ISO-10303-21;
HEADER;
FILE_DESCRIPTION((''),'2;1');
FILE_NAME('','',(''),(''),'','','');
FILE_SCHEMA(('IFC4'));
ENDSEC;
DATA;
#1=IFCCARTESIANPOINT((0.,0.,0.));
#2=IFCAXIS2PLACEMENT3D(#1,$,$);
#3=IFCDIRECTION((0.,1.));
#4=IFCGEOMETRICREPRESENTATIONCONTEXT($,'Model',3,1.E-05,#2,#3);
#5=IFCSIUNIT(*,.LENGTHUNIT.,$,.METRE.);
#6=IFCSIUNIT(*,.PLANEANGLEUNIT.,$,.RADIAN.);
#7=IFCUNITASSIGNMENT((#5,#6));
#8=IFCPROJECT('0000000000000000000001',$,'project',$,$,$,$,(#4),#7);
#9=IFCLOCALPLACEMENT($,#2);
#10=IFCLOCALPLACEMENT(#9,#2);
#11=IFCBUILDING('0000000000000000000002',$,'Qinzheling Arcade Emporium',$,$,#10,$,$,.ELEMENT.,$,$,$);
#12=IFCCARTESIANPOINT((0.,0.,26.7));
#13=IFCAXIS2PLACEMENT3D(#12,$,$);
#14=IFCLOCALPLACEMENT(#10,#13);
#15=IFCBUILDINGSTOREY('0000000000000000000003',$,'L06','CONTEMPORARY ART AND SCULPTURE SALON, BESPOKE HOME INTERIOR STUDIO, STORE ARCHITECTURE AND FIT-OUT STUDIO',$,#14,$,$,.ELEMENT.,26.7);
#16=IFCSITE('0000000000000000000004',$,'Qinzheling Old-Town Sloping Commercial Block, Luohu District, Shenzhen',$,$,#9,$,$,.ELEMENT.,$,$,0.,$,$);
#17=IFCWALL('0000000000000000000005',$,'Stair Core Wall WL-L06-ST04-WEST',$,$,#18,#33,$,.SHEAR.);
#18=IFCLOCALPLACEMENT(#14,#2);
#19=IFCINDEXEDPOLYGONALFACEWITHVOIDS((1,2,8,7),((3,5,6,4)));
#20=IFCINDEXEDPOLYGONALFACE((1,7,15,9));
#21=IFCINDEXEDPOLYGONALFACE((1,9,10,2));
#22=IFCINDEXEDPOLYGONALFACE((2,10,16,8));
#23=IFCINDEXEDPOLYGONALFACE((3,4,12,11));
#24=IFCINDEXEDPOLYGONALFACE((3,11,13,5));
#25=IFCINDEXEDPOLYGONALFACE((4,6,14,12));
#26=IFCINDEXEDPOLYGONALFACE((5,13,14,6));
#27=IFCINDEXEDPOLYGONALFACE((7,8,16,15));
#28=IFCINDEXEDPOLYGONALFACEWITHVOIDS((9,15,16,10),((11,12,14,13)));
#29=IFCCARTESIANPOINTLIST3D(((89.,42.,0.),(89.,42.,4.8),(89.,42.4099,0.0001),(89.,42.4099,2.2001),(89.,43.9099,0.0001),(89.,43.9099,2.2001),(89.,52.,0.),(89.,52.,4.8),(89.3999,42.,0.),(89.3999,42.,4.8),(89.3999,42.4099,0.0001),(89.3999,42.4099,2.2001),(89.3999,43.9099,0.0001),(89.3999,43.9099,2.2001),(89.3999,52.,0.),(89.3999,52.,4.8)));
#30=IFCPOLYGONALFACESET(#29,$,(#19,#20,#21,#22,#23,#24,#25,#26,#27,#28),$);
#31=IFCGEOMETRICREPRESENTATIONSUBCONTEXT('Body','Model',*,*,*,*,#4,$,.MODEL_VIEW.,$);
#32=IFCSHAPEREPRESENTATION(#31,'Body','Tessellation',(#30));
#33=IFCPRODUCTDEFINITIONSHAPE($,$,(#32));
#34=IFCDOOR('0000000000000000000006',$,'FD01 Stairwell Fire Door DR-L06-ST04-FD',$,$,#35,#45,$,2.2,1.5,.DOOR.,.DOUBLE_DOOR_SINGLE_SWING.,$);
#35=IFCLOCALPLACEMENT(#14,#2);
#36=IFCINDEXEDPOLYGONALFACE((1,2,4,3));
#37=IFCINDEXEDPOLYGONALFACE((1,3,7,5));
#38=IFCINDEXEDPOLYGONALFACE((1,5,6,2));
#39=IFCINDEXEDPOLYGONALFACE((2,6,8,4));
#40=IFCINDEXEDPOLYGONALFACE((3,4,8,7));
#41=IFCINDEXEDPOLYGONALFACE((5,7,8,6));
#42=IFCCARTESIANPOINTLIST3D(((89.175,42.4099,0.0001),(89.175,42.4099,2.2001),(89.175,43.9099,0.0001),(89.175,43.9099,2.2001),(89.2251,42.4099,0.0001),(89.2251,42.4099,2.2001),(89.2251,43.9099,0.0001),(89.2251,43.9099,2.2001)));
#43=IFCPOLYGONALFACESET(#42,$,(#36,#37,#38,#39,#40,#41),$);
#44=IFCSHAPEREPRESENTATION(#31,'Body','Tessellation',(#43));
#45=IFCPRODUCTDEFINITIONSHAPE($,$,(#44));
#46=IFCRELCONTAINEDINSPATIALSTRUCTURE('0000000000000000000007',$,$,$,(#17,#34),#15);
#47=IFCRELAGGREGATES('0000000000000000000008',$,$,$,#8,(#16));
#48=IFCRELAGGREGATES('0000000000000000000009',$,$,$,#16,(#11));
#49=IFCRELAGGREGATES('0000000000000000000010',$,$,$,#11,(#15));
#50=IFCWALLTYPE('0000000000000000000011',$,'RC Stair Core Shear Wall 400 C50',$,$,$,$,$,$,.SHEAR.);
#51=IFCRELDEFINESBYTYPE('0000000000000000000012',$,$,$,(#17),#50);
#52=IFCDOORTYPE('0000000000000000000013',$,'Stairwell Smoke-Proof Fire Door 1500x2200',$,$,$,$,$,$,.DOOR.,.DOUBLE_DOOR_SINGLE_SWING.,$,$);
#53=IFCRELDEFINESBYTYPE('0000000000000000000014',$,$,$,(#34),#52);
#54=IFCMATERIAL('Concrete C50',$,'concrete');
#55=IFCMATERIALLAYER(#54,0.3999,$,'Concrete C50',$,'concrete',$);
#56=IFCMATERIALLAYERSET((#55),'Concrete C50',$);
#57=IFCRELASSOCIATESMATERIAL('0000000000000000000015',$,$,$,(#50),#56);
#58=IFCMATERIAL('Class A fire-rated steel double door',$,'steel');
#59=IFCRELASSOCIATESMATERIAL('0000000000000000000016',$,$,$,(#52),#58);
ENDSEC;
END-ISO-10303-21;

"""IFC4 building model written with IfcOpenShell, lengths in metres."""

from ifc_helpers import new_model, si_unit, direction, frame, frame_2d, origin, place, context, subcontext, project, spatial, rectangle, extrude, material, layer, layer_set, type_object, element, fill, save


model = new_model("IFC4")

# Units and contexts
model_context = context("Model", 3, precision=1e-05, world=origin(), true_north=direction((0.0, 1.0)))
body_context = subcontext(model_context, "Body", "Model", "MODEL_VIEW")
ifc_project = project(units=[si_unit("LENGTHUNIT", "METRE"), si_unit("PLANEANGLEUNIT", "RADIAN")], contexts=[model_context])

# Site, building, storey
site_placement = place(None, origin())
site = spatial("IfcSite", under=ifc_project, at=site_placement, Name="Qinzheling Old-Town Sloping Commercial Block, Luohu District, Shenzhen", CompositionType="ELEMENT", RefElevation=0.0)
building_placement = place(site_placement, origin())
building = spatial("IfcBuilding", under=site, at=building_placement, Name="Qinzheling Arcade Emporium", CompositionType="ELEMENT")
storey_placement = place(building_placement, frame((0.0, 0.0, 26.7)))
storey = spatial("IfcBuildingStorey", under=building, at=storey_placement, Name="L06", Description="CONTEMPORARY ART AND SCULPTURE SALON, BESPOKE HOME INTERIOR STUDIO, STORE ARCHITECTURE AND FIT-OUT STUDIO", CompositionType="ELEMENT", Elevation=26.7)

# Wall, opening, door
ifc_material_1 = material(Name="Concrete C50", Category="concrete")
ifc_layer_1 = layer(ifc_material_1, 0.3999, Name="Concrete C50", Category="concrete")
ifc_layer_set_1 = layer_set([ifc_layer_1], Name="Concrete C50")
wall_type_1 = type_object("IfcWallType", Name="RC Stair Core Shear Wall 400 C50", PredefinedType="SHEAR", material=ifc_layer_set_1)
wall_1_placement = place(storey_placement, frame((89.2, 42.0, 0.0), z_axis=(0.0, 0.0, 1.0), x_axis=(0.0, 1.0, 0.0)))
wall_1 = element("IfcWall", 1, at=wall_1_placement, inside=storey, type_object=wall_type_1, Name="Stair Core Wall WL-L06-ST04-WEST", PredefinedType="SHEAR", context=body_context, shape_type="SweptSolid", body=[
    extrude(rectangle(XDim=10.0, YDim=0.3999, at=frame_2d((5.0, 0.0))), origin(), (0.0, 0.0, 1.0), 4.8),
])
opening_placement = place(wall_1_placement, frame((0.4099, 0.0, 0.0)))
opening = element("IfcOpeningElement", 2, at=opening_placement, cuts=wall_1, PredefinedType="OPENING", context=body_context, shape_type="SweptSolid", body=[
    extrude(rectangle(XDim=1.5, YDim=2.2, at=frame_2d((0.75, 1.1001))), frame((0.0, 0.21, 0.0), z_axis=(0.0, -1.0, 0.0), x_axis=(1.0, 0.0, 0.0)), (0.0, 0.0, 1.0), 0.4199),
])
ifc_material_2 = material(Name="Class A fire-rated steel double door", Category="steel")
door_type = type_object("IfcDoorType", Name="Stairwell Smoke-Proof Fire Door 1500x2200", OperationType="DOUBLE_DOOR_SINGLE_SWING", PredefinedType="DOOR", material=ifc_material_2)
door_placement = place(opening_placement, origin())
door = element("IfcDoor", 3, at=door_placement, inside=storey, type_object=door_type, Name="FD01 Stairwell Fire Door DR-L06-ST04-FD", OperationType="DOUBLE_DOOR_SINGLE_SWING", OverallHeight=2.2, OverallWidth=1.5, PredefinedType="DOOR", context=body_context, shape_type="SweptSolid", body=[
    extrude(rectangle(XDim=1.5, YDim=2.2, at=frame_2d((0.75, 1.1001))), frame((0.0, 0.0249, 0.0), z_axis=(0.0, -1.0, 0.0), x_axis=(1.0, 0.0, 0.0)), (0.0, 0.0, 1.0), 0.05),
])
fill(opening, door)

save(model, "model.ifc")
